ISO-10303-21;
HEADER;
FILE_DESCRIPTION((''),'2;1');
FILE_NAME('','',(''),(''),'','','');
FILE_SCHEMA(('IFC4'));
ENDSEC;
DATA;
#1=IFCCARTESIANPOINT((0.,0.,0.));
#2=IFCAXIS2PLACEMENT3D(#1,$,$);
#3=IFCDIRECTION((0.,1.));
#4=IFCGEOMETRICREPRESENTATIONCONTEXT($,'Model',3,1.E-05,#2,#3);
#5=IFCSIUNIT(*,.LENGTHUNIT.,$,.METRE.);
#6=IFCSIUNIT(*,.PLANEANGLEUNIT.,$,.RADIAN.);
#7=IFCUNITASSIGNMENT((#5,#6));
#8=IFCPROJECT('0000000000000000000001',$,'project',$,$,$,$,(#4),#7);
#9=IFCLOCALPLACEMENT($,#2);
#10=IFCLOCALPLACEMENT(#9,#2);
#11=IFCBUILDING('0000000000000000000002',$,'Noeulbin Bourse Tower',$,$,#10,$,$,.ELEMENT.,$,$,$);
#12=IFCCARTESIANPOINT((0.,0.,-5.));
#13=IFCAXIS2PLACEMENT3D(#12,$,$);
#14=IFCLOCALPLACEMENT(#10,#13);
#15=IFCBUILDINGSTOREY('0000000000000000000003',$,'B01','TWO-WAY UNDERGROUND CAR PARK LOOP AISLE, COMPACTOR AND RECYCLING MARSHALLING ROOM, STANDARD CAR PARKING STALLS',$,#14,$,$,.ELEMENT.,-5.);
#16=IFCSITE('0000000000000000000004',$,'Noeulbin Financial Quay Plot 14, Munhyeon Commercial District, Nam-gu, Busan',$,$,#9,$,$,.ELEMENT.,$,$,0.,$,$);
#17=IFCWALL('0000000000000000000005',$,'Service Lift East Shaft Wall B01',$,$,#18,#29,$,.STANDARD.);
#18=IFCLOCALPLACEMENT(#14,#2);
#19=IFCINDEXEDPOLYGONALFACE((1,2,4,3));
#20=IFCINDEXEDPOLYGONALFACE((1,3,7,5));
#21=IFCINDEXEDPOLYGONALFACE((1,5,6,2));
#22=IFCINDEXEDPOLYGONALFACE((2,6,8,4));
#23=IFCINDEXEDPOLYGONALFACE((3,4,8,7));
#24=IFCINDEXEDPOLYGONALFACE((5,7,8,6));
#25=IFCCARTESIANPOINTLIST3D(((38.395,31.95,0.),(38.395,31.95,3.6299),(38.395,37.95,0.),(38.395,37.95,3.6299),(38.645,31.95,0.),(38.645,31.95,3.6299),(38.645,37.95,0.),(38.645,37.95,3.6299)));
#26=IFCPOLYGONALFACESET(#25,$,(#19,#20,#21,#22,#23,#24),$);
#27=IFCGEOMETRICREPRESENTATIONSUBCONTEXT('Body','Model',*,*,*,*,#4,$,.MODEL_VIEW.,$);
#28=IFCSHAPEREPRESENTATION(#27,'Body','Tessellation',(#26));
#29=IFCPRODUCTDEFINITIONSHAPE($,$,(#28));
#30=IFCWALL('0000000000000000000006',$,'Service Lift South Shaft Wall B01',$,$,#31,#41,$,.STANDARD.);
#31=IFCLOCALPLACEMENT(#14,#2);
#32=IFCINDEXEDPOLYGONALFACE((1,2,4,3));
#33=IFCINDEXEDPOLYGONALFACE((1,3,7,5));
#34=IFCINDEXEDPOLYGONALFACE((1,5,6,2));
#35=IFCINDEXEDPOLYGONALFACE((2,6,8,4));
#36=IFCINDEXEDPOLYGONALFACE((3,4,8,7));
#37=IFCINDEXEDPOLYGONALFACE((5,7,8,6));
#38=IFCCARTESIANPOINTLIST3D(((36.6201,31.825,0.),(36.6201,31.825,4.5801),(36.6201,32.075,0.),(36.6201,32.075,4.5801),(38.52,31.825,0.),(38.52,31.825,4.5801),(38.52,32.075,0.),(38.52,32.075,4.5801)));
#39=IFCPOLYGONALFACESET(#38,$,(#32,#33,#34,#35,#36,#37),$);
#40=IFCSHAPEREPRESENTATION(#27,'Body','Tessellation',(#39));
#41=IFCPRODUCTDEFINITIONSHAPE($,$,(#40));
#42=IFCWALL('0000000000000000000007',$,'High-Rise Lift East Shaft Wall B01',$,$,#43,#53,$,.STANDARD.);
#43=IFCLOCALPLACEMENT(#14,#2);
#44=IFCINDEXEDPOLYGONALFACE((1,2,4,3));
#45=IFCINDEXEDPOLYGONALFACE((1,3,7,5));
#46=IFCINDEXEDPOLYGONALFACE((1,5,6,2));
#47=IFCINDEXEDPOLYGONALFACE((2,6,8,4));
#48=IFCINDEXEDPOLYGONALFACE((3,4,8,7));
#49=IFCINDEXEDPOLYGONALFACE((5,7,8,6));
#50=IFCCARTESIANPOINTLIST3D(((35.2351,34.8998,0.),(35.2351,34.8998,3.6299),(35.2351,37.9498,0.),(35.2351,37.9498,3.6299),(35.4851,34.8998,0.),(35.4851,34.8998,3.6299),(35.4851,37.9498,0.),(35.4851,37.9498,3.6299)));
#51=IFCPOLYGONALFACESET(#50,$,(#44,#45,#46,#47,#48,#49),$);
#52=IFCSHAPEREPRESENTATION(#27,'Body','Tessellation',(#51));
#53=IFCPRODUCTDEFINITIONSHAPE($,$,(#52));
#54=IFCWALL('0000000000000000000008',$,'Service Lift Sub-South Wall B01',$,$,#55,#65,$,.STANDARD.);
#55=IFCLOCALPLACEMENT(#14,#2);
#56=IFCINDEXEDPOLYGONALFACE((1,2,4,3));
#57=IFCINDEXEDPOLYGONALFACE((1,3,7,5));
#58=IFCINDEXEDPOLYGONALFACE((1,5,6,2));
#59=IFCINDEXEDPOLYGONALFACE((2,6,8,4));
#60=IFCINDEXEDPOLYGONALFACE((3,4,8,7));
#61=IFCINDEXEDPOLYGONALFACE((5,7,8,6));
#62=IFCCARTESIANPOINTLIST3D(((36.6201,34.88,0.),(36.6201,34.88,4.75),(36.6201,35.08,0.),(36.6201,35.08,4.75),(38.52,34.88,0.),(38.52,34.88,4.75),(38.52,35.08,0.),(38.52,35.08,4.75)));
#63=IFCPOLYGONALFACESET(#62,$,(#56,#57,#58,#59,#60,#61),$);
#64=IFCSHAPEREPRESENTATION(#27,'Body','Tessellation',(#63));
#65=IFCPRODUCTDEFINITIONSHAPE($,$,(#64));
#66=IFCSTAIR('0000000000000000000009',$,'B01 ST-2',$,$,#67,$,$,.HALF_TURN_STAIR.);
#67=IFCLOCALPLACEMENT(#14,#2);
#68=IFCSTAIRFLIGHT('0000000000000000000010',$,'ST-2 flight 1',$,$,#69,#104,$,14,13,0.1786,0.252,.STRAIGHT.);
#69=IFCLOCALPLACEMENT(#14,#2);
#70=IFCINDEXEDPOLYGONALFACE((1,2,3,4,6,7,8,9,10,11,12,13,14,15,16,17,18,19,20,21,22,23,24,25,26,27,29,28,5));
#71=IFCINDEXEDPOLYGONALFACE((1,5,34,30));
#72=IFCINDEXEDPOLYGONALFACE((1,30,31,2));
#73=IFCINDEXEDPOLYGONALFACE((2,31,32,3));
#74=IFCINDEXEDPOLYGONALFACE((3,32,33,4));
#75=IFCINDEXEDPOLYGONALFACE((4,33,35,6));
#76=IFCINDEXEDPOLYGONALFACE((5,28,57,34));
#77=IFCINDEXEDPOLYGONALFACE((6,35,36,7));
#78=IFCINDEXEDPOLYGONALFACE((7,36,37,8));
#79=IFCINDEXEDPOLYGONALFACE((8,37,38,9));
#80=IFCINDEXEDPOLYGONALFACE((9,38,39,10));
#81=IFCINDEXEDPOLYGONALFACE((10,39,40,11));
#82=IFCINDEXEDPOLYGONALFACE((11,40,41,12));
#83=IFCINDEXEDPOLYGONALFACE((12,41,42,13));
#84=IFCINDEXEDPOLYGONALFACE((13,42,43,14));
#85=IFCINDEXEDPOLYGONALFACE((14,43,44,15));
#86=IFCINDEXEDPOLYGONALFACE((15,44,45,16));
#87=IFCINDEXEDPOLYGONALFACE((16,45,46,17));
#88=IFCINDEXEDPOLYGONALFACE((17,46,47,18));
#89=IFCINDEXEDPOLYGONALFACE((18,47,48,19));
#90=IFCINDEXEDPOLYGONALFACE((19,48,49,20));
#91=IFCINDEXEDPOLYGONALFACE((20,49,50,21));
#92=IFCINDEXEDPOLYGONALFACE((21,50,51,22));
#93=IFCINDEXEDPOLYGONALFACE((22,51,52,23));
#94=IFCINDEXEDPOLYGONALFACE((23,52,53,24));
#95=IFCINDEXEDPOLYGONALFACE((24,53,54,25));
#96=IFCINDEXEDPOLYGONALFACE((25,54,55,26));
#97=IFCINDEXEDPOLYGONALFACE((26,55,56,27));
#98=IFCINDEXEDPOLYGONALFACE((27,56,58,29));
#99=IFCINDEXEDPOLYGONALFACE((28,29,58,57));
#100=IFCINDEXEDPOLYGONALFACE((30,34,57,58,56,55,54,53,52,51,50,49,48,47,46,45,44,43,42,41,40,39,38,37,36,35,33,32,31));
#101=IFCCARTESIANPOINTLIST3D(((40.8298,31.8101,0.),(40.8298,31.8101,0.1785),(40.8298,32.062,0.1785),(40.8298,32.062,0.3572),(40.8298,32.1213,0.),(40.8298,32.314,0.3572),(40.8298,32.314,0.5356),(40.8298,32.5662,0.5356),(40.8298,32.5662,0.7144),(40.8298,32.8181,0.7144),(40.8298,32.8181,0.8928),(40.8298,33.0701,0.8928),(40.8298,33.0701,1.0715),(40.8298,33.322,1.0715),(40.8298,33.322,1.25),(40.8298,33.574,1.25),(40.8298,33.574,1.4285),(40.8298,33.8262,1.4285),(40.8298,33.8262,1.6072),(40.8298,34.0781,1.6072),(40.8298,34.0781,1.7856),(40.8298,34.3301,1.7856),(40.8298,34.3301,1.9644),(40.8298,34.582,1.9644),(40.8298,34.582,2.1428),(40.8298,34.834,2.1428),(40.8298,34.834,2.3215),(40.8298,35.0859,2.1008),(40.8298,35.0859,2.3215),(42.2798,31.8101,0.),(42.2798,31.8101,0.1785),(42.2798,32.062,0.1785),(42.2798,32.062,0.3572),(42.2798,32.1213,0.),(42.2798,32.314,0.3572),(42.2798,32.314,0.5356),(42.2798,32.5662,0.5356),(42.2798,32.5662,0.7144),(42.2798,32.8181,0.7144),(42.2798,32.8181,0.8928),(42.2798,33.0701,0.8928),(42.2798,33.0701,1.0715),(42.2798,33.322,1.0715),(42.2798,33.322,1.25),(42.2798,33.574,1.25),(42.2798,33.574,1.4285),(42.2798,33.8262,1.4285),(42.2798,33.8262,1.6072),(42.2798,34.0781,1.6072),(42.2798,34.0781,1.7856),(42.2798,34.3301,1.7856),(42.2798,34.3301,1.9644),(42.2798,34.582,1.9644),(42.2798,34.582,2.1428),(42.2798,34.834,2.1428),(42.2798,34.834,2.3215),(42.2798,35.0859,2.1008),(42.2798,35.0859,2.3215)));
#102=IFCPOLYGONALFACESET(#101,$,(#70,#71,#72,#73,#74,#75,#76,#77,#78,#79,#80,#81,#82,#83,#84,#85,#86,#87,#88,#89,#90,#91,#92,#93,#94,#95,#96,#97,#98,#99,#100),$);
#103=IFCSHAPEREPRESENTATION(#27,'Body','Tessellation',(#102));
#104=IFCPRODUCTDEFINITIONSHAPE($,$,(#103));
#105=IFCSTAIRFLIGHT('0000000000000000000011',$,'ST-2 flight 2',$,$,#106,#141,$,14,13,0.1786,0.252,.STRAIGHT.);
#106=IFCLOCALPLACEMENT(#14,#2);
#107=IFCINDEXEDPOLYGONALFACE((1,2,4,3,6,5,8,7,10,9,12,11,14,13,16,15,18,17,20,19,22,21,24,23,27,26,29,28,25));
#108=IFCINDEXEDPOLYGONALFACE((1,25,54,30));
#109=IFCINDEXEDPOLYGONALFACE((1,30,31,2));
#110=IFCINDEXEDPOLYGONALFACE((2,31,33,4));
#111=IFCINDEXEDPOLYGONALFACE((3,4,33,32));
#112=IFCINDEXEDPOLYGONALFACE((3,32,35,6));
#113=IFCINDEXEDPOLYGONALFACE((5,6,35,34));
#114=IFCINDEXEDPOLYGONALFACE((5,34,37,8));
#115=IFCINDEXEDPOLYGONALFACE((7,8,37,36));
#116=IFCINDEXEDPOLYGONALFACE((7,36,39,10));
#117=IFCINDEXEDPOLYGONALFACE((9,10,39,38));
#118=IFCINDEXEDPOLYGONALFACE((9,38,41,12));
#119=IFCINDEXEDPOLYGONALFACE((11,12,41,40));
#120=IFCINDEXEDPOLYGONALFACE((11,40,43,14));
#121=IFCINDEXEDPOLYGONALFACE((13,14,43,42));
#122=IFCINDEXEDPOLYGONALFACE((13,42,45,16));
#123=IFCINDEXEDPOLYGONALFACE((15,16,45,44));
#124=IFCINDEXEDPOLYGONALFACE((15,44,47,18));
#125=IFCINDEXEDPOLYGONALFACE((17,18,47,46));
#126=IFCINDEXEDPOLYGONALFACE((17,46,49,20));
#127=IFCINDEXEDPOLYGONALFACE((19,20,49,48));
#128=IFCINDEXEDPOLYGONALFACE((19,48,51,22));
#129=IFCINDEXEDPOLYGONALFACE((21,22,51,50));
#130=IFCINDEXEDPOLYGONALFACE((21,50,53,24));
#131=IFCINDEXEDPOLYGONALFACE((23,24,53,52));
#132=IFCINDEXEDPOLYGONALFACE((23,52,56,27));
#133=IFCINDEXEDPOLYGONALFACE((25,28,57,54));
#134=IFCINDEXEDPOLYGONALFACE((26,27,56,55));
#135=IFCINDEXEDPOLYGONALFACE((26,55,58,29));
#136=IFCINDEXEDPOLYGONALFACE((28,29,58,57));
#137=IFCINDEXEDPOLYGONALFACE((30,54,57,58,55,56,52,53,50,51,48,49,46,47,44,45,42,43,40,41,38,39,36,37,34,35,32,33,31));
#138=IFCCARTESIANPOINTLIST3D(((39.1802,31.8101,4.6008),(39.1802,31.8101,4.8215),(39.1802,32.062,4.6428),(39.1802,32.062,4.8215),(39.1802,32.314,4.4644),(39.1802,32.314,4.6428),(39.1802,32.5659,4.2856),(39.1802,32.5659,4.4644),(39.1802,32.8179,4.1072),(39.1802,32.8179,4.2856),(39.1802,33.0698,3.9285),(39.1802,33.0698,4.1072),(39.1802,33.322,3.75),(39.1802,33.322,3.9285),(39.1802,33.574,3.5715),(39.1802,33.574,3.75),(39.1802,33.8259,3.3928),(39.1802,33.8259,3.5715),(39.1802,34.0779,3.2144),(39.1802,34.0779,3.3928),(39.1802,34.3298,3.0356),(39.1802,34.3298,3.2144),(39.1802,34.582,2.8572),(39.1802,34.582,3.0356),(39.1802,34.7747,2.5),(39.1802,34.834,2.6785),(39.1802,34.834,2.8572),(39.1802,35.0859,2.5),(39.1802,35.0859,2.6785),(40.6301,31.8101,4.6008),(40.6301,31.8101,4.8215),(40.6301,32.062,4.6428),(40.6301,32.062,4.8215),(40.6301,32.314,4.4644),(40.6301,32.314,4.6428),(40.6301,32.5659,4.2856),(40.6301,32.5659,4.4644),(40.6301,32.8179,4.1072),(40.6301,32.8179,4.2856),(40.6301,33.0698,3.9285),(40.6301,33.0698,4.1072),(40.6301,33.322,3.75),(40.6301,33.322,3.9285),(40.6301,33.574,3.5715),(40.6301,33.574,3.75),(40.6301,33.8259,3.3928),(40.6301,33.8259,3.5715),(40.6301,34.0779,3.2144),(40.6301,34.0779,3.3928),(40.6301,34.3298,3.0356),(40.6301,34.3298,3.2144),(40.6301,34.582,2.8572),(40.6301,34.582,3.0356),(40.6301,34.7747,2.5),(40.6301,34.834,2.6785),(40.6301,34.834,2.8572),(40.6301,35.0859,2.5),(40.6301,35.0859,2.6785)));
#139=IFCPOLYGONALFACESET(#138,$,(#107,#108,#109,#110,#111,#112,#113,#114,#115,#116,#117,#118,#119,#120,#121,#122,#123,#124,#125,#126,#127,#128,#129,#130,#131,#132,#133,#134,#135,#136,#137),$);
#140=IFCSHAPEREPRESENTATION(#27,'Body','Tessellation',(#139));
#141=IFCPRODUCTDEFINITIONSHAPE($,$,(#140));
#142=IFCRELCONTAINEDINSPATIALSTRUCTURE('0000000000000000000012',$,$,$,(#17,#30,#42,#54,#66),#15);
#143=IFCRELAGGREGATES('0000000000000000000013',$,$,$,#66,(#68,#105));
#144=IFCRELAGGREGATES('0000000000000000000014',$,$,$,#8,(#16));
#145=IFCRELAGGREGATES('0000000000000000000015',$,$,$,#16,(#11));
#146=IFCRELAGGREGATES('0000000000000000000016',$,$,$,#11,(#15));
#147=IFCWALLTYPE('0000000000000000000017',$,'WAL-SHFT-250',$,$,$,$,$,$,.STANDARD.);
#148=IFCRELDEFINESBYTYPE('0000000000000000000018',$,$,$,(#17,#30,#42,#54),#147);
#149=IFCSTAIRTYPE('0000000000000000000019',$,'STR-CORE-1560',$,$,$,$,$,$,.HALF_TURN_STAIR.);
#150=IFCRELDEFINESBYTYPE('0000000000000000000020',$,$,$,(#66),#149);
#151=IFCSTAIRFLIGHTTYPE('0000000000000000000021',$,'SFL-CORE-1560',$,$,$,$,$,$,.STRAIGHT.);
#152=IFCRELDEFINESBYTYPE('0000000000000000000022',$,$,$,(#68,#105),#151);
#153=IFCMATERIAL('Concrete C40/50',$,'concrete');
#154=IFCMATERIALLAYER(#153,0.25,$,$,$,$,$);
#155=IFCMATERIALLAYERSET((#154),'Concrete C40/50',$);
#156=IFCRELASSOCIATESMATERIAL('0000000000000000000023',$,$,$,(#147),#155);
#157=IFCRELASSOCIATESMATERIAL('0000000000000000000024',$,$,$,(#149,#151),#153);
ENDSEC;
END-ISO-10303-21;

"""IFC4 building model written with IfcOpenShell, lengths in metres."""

from ifc_helpers import new_model, si_unit, direction, frame, frame_2d, origin, place, context, subcontext, project, spatial, polyline, rectangle, outline, extrude, material, layer, layer_set, type_object, element, aggregate, save


model = new_model("IFC4")

# Units and contexts
model_context = context("Model", 3, precision=1e-05, world=origin(), true_north=direction((0.0, 1.0)))
body_context = subcontext(model_context, "Body", "Model", "MODEL_VIEW")
ifc_project = project(units=[si_unit("LENGTHUNIT", "METRE"), si_unit("PLANEANGLEUNIT", "RADIAN")], contexts=[model_context])

# Site, building, storey
site_placement = place(None, origin())
site = spatial("IfcSite", under=ifc_project, at=site_placement, Name="Noeulbin Financial Quay Plot 14, Munhyeon Commercial District, Nam-gu, Busan", CompositionType="ELEMENT", RefElevation=0.0)
building_placement = place(site_placement, origin())
building = spatial("IfcBuilding", under=site, at=building_placement, Name="Noeulbin Bourse Tower", CompositionType="ELEMENT")
storey_placement = place(building_placement, frame((0.0, 0.0, -5.0)))
storey = spatial("IfcBuildingStorey", under=building, at=storey_placement, Name="B01", Description="TWO-WAY UNDERGROUND CAR PARK LOOP AISLE, COMPACTOR AND RECYCLING MARSHALLING ROOM, STANDARD CAR PARKING STALLS", CompositionType="ELEMENT", Elevation=-5.0)

# Shared definitions
ifc_material_1 = material(Name="Concrete C40/50", Category="concrete")

# Shared definitions
ifc_layer_1 = layer(ifc_material_1, 0.25)
ifc_layer_set_1 = layer_set([ifc_layer_1], Name="Concrete C40/50")
wall_type_1 = type_object("IfcWallType", Name="WAL-SHFT-250", PredefinedType="STANDARD", material=ifc_layer_set_1)

# Walls
wall_1_placement = place(storey_placement, frame((38.52, 31.95, 0.0), z_axis=(0.0, 0.0, 1.0), x_axis=(0.0, 1.0, 0.0)))
element("IfcWall", 1, at=wall_1_placement, inside=storey, type_object=wall_type_1, Name="Service Lift East Shaft Wall B01", PredefinedType="STANDARD", context=body_context, shape_type="SweptSolid", body=[
    extrude(rectangle(XDim=6.0, YDim=0.25, at=frame_2d((3.0, 0.0))), origin(), (0.0, 0.0, 1.0), 3.6299),
])
wall_2_placement = place(storey_placement, frame((36.6201, 31.95, 0.0), z_axis=(0.0, 0.0, 1.0), x_axis=(1.0, 0.0, 0.0)))
element("IfcWall", 2, at=wall_2_placement, inside=storey, type_object=wall_type_1, Name="Service Lift South Shaft Wall B01", PredefinedType="STANDARD", context=body_context, shape_type="SweptSolid", body=[
    extrude(rectangle(XDim=1.8999, YDim=0.25, at=frame_2d((0.95, 0.0))), origin(), (0.0, 0.0, 1.0), 4.5801),
])
wall_3_placement = place(storey_placement, frame((35.3601, 34.8999, 0.0), z_axis=(0.0, 0.0, 1.0), x_axis=(0.0, 1.0, 0.0)))
element("IfcWall", 3, at=wall_3_placement, inside=storey, type_object=wall_type_1, Name="High-Rise Lift East Shaft Wall B01", PredefinedType="STANDARD", context=body_context, shape_type="SweptSolid", body=[
    extrude(rectangle(XDim=3.05, YDim=0.25, at=frame_2d((1.5249, 0.0))), origin(), (0.0, 0.0, 1.0), 3.6299),
])
wall_4_placement = place(storey_placement, frame((36.6201, 34.98, 0.0), z_axis=(0.0, 0.0, 1.0), x_axis=(1.0, 0.0, 0.0)))
element("IfcWall", 4, at=wall_4_placement, inside=storey, type_object=wall_type_1, Name="Service Lift Sub-South Wall B01", PredefinedType="STANDARD", context=body_context, shape_type="SweptSolid", body=[
    extrude(rectangle(XDim=1.8999, YDim=0.2, at=frame_2d((0.95, 0.0))), origin(), (0.0, 0.0, 1.0), 4.75),
])

# Stair, stair flights
stair_type = type_object("IfcStairType", Name="STR-CORE-1560", PredefinedType="HALF_TURN_STAIR", material=ifc_material_1)
stair_placement = place(storey_placement, origin())
stair = element("IfcStair", 5, at=stair_placement, inside=storey, type_object=stair_type, Name="B01 ST-2", PredefinedType="HALF_TURN_STAIR")
stair_flight_type = type_object("IfcStairFlightType", Name="SFL-CORE-1560", PredefinedType="STRAIGHT", material=ifc_material_1)
stair_flight_1_placement = place(storey_placement, frame((41.5549, 31.8101, 0.0), z_axis=(0.0, 0.0, 1.0), x_axis=(0.0, 1.0, 0.0)))
stair_flight_1 = element("IfcStairFlight", 6, at=stair_flight_1_placement, type_object=stair_flight_type, Name="ST-2 flight 1", NumberOfRisers=14, NumberOfTreads=13, PredefinedType="STRAIGHT", RiserHeight=0.1786, TreadLength=0.252, context=body_context, shape_type="SweptSolid", body=[
    extrude(outline(polyline([(0.0, 0.0), (0.0, 0.1785), (0.252, 0.1785), (0.252, 0.3572), (0.5039, 0.3572), (0.5039, 0.5356), (0.7561, 0.5356), (0.7561, 0.7144), (1.0081, 0.7144), (1.0081, 0.8928), (1.26, 0.8928), (1.26, 1.0715), (1.512, 1.0715), (1.512, 1.25), (1.7639, 1.25), (1.7639, 1.4285), (2.0161, 1.4285), (2.0161, 1.6072), (2.2681, 1.6072), (2.2681, 1.7856), (2.52, 1.7856), (2.52, 1.9644), (2.772, 1.9644), (2.772, 2.1428), (3.0239, 2.1428), (3.0239, 2.3215), (3.2759, 2.3215), (3.2759, 2.5), (3.2759, 2.1008), (0.3113, 0.0), (0.0, 0.0)])), frame((0.0, 0.7251, 0.0), z_axis=(0.0, -1.0, 0.0), x_axis=(1.0, 0.0, 0.0)), (0.0, 0.0, 1.0), 1.45),
])
stair_flight_2_placement = place(storey_placement, frame((39.905, 35.0859, 2.5), z_axis=(0.0, 0.0, 1.0), x_axis=(0.0, -1.0, 0.0)))
stair_flight_2 = element("IfcStairFlight", 7, at=stair_flight_2_placement, type_object=stair_flight_type, Name="ST-2 flight 2", NumberOfRisers=14, NumberOfTreads=13, PredefinedType="STRAIGHT", RiserHeight=0.1786, TreadLength=0.252, context=body_context, shape_type="SweptSolid", body=[
    extrude(outline(polyline([(0.0, 0.0), (0.0, 0.1785), (0.252, 0.1785), (0.252, 0.3572), (0.5039, 0.3572), (0.5039, 0.5356), (0.7561, 0.5356), (0.7561, 0.7144), (1.0081, 0.7144), (1.0081, 0.8928), (1.26, 0.8928), (1.26, 1.0715), (1.512, 1.0715), (1.512, 1.25), (1.7639, 1.25), (1.7639, 1.4285), (2.0161, 1.4285), (2.0161, 1.6072), (2.2681, 1.6072), (2.2681, 1.7856), (2.52, 1.7856), (2.52, 1.9644), (2.772, 1.9644), (2.772, 2.1428), (3.0239, 2.1428), (3.0239, 2.3215), (3.2759, 2.3215), (3.2759, 2.5), (3.2759, 2.1008), (0.3113, 0.0), (0.0, 0.0)])), frame((0.0, 0.7251, 0.0), z_axis=(0.0, -1.0, 0.0), x_axis=(1.0, 0.0, 0.0)), (0.0, 0.0, 1.0), 1.45),
])
aggregate(stair, [stair_flight_1, stair_flight_2])

save(model, "model.ifc")
